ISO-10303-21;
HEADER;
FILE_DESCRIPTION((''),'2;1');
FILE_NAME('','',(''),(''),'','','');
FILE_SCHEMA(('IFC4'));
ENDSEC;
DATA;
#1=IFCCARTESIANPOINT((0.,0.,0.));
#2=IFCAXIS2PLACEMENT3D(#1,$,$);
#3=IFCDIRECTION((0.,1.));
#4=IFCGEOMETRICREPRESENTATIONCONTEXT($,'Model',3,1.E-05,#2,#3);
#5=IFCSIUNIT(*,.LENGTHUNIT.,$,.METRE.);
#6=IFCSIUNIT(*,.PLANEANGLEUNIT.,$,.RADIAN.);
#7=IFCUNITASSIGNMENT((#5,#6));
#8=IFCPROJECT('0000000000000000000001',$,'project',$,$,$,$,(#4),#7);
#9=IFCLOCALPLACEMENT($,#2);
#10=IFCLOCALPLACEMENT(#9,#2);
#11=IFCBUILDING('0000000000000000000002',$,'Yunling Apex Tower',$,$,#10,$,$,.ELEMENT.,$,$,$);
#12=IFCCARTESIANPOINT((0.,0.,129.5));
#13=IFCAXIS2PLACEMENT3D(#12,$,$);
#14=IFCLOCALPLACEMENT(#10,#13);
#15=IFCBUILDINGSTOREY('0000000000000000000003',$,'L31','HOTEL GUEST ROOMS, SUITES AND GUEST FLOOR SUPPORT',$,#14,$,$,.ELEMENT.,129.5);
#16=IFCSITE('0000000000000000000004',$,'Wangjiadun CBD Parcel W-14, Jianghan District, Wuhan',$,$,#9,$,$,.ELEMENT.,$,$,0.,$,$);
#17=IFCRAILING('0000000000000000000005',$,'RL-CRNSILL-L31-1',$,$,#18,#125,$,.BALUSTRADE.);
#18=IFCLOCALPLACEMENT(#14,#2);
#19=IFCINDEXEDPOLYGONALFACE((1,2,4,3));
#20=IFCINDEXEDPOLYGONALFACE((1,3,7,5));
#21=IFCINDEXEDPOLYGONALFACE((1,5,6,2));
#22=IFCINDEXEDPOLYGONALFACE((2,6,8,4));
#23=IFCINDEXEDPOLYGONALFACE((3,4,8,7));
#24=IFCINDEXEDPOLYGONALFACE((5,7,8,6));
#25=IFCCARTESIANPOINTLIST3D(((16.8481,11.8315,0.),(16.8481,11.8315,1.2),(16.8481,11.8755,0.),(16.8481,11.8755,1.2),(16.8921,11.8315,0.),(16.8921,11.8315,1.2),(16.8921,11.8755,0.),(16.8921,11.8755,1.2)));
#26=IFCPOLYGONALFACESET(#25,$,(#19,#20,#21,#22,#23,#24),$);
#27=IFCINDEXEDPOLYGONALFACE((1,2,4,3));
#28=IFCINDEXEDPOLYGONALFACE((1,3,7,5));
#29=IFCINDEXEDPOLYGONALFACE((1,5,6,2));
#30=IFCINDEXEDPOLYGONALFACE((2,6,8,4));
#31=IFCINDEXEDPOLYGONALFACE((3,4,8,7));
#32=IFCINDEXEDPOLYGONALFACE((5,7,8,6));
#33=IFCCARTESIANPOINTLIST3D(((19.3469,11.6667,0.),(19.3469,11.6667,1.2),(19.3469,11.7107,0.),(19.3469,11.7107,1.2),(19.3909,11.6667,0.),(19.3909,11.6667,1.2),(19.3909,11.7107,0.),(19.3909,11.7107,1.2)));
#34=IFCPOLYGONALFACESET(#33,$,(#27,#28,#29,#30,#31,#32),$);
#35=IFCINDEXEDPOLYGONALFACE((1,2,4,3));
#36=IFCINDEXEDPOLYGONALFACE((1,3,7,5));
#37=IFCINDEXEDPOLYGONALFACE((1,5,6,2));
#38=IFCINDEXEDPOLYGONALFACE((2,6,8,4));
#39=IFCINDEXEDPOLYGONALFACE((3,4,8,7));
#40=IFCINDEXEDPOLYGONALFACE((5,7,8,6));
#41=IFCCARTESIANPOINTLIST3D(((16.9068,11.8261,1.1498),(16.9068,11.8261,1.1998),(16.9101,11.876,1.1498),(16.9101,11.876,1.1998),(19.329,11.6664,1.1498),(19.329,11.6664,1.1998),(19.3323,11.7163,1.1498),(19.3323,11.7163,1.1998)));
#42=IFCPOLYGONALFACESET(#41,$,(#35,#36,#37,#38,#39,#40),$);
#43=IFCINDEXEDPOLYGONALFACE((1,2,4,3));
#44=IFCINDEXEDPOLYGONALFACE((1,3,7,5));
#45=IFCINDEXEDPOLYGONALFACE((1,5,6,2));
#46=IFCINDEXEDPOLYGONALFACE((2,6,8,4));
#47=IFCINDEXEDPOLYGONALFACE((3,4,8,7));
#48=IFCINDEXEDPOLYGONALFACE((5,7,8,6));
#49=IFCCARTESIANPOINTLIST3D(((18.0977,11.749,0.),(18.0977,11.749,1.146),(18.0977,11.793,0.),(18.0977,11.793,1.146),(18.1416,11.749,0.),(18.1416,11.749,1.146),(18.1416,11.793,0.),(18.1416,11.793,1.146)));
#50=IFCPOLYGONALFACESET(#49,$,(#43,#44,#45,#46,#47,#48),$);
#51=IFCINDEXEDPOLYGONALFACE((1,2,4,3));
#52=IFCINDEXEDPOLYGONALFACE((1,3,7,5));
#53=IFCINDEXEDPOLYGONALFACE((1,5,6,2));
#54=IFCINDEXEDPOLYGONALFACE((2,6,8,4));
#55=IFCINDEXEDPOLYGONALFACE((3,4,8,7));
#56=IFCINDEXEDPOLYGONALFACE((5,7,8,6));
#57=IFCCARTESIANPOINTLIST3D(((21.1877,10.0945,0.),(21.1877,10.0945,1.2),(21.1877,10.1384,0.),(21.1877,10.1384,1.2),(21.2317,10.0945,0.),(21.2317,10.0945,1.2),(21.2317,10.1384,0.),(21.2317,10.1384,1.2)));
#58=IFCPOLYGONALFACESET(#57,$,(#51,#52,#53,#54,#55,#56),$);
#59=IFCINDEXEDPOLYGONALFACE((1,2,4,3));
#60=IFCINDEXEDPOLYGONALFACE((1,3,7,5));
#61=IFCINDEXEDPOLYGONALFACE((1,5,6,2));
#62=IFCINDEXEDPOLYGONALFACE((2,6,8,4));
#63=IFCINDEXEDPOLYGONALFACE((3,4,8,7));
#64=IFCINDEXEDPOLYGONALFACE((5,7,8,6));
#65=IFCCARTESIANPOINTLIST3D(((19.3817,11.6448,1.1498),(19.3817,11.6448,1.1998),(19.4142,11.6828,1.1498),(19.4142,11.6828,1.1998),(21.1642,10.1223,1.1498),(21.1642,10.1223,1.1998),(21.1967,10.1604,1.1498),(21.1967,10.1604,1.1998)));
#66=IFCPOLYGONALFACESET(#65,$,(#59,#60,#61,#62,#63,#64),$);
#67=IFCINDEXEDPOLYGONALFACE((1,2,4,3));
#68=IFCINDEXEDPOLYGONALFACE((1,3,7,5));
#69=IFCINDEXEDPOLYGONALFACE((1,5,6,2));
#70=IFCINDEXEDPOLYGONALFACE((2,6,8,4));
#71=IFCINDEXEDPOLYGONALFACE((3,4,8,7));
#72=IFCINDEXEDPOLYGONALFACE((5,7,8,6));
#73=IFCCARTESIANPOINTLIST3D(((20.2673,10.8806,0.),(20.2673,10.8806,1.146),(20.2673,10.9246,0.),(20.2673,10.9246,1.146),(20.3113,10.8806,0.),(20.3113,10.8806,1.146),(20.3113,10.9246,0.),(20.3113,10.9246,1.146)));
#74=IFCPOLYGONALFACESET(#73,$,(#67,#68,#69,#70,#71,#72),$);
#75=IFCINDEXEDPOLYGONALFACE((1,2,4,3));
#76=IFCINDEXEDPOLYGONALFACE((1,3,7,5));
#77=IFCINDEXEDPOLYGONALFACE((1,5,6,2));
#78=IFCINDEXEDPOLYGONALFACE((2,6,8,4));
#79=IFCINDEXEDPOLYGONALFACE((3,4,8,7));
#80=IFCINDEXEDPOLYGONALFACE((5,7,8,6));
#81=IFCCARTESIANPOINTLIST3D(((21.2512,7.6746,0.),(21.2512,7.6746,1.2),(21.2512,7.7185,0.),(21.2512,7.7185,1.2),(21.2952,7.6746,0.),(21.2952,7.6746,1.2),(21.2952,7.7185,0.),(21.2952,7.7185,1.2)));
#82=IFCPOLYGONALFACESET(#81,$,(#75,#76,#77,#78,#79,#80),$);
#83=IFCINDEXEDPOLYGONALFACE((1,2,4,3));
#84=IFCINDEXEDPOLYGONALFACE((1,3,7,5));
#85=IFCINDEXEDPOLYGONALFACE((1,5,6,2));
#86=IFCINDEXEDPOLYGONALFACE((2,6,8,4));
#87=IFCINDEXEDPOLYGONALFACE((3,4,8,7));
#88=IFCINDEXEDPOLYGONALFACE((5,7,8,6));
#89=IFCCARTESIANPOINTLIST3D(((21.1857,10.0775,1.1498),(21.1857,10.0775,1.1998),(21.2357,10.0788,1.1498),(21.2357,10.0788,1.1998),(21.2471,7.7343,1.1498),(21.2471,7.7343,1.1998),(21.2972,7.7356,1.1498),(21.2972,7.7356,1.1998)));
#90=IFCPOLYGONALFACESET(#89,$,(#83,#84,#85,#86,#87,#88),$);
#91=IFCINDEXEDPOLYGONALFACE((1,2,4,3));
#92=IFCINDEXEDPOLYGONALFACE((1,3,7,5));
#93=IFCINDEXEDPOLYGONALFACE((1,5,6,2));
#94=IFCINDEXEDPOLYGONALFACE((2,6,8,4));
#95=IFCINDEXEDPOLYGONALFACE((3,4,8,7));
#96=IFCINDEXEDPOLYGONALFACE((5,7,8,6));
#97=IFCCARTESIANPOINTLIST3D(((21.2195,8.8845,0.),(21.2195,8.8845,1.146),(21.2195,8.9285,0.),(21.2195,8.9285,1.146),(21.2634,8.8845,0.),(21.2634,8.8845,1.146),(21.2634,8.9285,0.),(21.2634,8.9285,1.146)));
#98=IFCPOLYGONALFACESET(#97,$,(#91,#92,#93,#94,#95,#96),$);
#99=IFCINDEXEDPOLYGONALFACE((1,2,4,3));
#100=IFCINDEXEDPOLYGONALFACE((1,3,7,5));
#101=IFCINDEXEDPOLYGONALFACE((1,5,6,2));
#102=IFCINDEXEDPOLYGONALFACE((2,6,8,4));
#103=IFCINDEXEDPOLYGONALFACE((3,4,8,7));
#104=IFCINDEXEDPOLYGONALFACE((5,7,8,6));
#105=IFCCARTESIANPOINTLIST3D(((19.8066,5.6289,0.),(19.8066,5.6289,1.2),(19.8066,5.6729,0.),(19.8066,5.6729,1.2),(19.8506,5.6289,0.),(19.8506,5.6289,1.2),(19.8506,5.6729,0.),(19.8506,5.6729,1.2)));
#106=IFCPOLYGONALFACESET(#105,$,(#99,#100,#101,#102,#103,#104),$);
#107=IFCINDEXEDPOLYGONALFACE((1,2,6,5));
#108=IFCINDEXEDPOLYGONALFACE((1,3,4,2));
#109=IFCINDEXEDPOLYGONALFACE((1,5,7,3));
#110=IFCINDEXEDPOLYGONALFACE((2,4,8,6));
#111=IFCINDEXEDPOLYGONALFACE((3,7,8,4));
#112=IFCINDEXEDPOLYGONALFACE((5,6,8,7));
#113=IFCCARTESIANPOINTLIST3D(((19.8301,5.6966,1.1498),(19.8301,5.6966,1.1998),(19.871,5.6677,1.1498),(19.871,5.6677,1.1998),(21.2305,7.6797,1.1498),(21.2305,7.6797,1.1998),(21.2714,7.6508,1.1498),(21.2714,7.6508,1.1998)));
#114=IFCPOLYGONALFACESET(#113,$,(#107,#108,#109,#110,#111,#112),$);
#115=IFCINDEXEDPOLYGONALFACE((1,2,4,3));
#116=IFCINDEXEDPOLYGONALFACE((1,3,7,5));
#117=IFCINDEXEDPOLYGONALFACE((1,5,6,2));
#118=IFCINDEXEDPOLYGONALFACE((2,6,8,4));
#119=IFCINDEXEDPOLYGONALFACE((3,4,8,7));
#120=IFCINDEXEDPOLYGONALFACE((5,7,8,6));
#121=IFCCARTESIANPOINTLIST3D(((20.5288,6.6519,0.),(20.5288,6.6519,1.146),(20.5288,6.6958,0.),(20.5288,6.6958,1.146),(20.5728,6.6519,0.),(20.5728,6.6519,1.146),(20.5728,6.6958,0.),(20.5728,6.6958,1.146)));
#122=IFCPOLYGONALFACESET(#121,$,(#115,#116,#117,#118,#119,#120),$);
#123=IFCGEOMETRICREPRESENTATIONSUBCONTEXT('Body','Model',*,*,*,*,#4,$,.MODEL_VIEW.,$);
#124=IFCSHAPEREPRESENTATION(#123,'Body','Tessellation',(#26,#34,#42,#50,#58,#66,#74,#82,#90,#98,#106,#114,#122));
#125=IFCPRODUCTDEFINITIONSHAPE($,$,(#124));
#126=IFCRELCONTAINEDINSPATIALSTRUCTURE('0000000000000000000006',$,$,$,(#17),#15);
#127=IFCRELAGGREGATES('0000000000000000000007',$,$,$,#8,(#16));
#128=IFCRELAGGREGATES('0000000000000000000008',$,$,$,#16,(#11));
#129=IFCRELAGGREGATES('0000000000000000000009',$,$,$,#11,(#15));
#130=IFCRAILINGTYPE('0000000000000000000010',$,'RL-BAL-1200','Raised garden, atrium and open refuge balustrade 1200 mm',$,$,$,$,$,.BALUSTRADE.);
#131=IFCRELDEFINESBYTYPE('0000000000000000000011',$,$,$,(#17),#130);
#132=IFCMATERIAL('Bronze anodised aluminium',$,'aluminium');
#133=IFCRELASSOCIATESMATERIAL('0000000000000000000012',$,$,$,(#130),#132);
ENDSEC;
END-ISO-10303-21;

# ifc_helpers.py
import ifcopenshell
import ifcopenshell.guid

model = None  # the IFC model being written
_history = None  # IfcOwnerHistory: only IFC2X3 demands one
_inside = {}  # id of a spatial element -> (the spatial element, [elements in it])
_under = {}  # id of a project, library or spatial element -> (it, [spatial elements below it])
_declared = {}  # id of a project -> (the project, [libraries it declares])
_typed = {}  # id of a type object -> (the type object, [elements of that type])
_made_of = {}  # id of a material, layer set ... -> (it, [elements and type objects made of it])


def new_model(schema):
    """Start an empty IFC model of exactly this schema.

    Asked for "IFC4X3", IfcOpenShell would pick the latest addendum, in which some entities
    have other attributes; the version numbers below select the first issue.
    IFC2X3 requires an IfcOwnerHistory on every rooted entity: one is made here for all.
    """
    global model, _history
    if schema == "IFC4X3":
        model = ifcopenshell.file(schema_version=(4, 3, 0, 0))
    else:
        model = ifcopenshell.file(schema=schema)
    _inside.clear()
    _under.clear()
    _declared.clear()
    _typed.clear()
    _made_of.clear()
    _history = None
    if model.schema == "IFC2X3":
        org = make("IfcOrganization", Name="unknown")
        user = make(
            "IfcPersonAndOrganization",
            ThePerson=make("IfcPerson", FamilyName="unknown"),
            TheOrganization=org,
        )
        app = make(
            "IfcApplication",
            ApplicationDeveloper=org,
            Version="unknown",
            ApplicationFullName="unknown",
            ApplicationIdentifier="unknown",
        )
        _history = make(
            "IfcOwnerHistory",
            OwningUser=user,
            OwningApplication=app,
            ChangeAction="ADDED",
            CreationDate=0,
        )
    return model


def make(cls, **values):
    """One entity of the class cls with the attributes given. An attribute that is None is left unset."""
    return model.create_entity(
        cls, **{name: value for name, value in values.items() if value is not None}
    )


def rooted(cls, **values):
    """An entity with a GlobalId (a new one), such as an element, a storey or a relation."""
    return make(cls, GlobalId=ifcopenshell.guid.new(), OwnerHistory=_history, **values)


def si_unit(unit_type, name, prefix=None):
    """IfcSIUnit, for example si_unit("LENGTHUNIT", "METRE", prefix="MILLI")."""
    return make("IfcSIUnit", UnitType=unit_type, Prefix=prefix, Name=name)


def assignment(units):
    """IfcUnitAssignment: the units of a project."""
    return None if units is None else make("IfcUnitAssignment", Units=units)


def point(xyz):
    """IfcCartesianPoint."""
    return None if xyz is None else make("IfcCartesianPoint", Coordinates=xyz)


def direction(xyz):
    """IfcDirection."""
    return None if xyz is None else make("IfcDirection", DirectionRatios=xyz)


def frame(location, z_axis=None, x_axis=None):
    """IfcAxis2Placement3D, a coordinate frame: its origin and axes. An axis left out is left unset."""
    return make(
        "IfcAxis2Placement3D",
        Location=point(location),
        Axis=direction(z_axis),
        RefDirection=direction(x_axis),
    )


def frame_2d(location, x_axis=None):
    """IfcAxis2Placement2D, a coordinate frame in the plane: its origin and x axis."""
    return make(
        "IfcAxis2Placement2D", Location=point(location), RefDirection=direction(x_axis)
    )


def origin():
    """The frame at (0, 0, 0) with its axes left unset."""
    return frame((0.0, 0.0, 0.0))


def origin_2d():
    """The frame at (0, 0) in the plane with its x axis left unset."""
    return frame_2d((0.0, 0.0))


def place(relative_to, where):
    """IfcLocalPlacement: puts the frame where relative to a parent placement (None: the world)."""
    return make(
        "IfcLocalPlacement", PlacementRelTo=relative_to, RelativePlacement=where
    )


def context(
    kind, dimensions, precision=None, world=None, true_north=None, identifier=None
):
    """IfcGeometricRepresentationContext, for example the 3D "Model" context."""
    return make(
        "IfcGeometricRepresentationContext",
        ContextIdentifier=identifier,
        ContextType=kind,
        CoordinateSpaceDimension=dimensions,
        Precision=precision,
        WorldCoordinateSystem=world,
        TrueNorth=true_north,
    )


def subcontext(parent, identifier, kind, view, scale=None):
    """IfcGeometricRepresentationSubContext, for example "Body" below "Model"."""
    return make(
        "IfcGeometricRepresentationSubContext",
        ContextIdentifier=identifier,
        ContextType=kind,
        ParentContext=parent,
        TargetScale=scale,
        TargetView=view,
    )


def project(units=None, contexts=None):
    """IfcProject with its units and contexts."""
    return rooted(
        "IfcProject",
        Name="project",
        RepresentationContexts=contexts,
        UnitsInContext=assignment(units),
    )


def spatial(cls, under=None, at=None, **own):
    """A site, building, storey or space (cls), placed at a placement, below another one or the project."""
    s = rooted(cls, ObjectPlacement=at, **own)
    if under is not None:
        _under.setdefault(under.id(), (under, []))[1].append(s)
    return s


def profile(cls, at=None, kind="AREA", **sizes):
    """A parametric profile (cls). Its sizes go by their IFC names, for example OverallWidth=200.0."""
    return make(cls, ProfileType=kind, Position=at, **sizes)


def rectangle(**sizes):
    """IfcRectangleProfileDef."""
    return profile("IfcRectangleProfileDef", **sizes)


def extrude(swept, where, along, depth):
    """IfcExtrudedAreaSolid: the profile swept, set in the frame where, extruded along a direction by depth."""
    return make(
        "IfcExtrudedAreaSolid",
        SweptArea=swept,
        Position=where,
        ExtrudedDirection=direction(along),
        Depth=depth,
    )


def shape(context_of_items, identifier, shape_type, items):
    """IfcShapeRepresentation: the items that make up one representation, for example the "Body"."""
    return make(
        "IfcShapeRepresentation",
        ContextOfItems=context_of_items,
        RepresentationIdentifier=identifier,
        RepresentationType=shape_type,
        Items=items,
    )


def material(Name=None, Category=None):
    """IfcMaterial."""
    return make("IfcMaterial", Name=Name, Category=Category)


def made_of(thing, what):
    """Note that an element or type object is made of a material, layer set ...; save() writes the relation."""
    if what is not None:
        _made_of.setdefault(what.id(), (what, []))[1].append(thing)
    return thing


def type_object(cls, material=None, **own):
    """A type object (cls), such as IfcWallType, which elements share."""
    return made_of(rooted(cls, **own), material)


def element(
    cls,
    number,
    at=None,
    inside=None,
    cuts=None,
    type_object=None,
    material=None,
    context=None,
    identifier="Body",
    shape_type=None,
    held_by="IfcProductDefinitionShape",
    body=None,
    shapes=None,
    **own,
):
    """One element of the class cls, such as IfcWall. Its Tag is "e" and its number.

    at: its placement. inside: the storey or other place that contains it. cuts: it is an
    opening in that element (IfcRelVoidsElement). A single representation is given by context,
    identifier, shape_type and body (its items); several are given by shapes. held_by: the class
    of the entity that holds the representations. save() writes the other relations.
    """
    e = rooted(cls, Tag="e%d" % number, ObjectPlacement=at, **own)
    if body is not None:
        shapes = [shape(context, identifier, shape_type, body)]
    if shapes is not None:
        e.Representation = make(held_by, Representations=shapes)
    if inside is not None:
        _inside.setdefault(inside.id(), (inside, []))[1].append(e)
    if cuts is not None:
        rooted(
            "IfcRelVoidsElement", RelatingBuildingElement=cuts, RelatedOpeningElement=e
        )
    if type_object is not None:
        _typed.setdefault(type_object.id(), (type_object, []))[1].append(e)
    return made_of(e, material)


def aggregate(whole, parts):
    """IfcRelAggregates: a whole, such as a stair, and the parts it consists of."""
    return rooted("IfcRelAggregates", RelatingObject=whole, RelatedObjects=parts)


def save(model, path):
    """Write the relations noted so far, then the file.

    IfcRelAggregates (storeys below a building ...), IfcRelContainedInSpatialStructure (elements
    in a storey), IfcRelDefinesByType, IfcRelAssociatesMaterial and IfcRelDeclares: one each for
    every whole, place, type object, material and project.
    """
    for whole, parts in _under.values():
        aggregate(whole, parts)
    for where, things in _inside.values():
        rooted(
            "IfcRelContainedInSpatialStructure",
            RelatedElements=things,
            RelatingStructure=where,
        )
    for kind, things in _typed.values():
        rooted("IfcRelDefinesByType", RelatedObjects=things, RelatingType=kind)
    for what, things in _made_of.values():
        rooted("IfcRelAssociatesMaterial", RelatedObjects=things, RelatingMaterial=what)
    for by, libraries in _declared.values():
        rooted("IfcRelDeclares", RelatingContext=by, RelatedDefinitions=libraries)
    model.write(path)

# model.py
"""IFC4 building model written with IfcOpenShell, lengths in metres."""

from ifc_helpers import new_model, si_unit, direction, frame, origin, origin_2d, place, context, subcontext, project, spatial, rectangle, extrude, material, type_object, element, save


model = new_model("IFC4")

# Units and contexts
model_context = context("Model", 3, precision=1e-05, world=origin(), true_north=direction((0.0, 1.0)))
body_context = subcontext(model_context, "Body", "Model", "MODEL_VIEW")
ifc_project = project(units=[si_unit("LENGTHUNIT", "METRE"), si_unit("PLANEANGLEUNIT", "RADIAN")], contexts=[model_context])

# Site, building, storey
site_placement = place(None, origin())
site = spatial("IfcSite", under=ifc_project, at=site_placement, Name="Wangjiadun CBD Parcel W-14, Jianghan District, Wuhan", CompositionType="ELEMENT", RefElevation=0.0)
building_placement = place(site_placement, origin())
building = spatial("IfcBuilding", under=site, at=building_placement, Name="Yunling Apex Tower", CompositionType="ELEMENT")
storey_placement = place(building_placement, frame((0.0, 0.0, 129.5)))
storey = spatial("IfcBuildingStorey", under=building, at=storey_placement, Name="L31", Description="HOTEL GUEST ROOMS, SUITES AND GUEST FLOOR SUPPORT", CompositionType="ELEMENT", Elevation=129.5)

# Shared definitions
ifc_material_1 = material(Name="Bronze anodised aluminium", Category="aluminium")

# Railing
railing_type = type_object("IfcRailingType", Name="RL-BAL-1200", Description="Raised garden, atrium and open refuge balustrade 1200 mm", PredefinedType="BALUSTRADE", material=ifc_material_1)
railing_1_placement = place(storey_placement, frame((16.8701, 11.8535, 0.0)))
element("IfcRailing", 1, at=railing_1_placement, inside=storey, type_object=railing_type, Name="RL-CRNSILL-L31-1", PredefinedType="BALUSTRADE", context=body_context, shape_type="SweptSolid", body=[
    extrude(rectangle(XDim=0.0439, YDim=0.0439, at=origin_2d()), origin(), (0.0, 0.0, 1.0), 1.2),
    extrude(rectangle(XDim=0.0439, YDim=0.0439, at=origin_2d()), frame((2.4988, -0.1648, 0.0)), (0.0, 0.0, 1.0), 1.2),
    extrude(rectangle(XDim=0.05, YDim=0.05, at=origin_2d()), frame((0.0383, -0.0024, 1.1748), z_axis=(0.997832, -0.065807, 0.0), x_axis=(0.065807, 0.997832, 0.0)), (0.0, 0.0, 1.0), 2.4275),
    extrude(rectangle(XDim=0.0439, YDim=0.0439, at=origin_2d()), frame((1.2495, -0.0825, 0.0)), (0.0, 0.0, 1.0), 1.146),
    extrude(rectangle(XDim=0.0439, YDim=0.0439, at=origin_2d()), frame((4.3396, -1.7371, 0.0)), (0.0, 0.0, 1.0), 1.2),
    extrude(rectangle(XDim=0.05, YDim=0.05, at=origin_2d()), frame((2.5278, -0.1897, 1.1748), z_axis=(0.760394, -0.649462, 0.0), x_axis=(0.649462, 0.760394, 0.0)), (0.0, 0.0, 1.0), 2.3442),
    extrude(rectangle(XDim=0.0439, YDim=0.0439, at=origin_2d()), frame((3.4192, -0.9509, 0.0)), (0.0, 0.0, 1.0), 1.146),
    extrude(rectangle(XDim=0.0439, YDim=0.0439, at=origin_2d()), frame((4.4031, -4.157, 0.0)), (0.0, 0.0, 1.0), 1.2),
    extrude(rectangle(XDim=0.05, YDim=0.05, at=origin_2d()), frame((4.3406, -1.7754, 1.1748), z_axis=(0.026222, -0.999656, 0.0), x_axis=(0.999656, 0.026222, 0.0)), (0.0, 0.0, 1.0), 2.344),
    extrude(rectangle(XDim=0.0439, YDim=0.0439, at=origin_2d()), frame((4.3713, -2.947, 0.0)), (0.0, 0.0, 1.0), 1.146),
    extrude(rectangle(XDim=0.0439, YDim=0.0439, at=origin_2d()), frame((2.9585, -6.2026, 0.0)), (0.0, 0.0, 1.0), 1.2),
    extrude(rectangle(XDim=0.05, YDim=0.05, at=origin_2d()), frame((4.3809, -4.1882, 1.1748), z_axis=(-0.57684, -0.816857, 0.0), x_axis=(0.816857, -0.57684, 0.0)), (0.0, 0.0, 1.0), 2.4277),
    extrude(rectangle(XDim=0.0439, YDim=0.0439, at=origin_2d()), frame((3.6807, -5.1797, 0.0)), (0.0, 0.0, 1.0), 1.146),
])

save(model, "model.ifc")
